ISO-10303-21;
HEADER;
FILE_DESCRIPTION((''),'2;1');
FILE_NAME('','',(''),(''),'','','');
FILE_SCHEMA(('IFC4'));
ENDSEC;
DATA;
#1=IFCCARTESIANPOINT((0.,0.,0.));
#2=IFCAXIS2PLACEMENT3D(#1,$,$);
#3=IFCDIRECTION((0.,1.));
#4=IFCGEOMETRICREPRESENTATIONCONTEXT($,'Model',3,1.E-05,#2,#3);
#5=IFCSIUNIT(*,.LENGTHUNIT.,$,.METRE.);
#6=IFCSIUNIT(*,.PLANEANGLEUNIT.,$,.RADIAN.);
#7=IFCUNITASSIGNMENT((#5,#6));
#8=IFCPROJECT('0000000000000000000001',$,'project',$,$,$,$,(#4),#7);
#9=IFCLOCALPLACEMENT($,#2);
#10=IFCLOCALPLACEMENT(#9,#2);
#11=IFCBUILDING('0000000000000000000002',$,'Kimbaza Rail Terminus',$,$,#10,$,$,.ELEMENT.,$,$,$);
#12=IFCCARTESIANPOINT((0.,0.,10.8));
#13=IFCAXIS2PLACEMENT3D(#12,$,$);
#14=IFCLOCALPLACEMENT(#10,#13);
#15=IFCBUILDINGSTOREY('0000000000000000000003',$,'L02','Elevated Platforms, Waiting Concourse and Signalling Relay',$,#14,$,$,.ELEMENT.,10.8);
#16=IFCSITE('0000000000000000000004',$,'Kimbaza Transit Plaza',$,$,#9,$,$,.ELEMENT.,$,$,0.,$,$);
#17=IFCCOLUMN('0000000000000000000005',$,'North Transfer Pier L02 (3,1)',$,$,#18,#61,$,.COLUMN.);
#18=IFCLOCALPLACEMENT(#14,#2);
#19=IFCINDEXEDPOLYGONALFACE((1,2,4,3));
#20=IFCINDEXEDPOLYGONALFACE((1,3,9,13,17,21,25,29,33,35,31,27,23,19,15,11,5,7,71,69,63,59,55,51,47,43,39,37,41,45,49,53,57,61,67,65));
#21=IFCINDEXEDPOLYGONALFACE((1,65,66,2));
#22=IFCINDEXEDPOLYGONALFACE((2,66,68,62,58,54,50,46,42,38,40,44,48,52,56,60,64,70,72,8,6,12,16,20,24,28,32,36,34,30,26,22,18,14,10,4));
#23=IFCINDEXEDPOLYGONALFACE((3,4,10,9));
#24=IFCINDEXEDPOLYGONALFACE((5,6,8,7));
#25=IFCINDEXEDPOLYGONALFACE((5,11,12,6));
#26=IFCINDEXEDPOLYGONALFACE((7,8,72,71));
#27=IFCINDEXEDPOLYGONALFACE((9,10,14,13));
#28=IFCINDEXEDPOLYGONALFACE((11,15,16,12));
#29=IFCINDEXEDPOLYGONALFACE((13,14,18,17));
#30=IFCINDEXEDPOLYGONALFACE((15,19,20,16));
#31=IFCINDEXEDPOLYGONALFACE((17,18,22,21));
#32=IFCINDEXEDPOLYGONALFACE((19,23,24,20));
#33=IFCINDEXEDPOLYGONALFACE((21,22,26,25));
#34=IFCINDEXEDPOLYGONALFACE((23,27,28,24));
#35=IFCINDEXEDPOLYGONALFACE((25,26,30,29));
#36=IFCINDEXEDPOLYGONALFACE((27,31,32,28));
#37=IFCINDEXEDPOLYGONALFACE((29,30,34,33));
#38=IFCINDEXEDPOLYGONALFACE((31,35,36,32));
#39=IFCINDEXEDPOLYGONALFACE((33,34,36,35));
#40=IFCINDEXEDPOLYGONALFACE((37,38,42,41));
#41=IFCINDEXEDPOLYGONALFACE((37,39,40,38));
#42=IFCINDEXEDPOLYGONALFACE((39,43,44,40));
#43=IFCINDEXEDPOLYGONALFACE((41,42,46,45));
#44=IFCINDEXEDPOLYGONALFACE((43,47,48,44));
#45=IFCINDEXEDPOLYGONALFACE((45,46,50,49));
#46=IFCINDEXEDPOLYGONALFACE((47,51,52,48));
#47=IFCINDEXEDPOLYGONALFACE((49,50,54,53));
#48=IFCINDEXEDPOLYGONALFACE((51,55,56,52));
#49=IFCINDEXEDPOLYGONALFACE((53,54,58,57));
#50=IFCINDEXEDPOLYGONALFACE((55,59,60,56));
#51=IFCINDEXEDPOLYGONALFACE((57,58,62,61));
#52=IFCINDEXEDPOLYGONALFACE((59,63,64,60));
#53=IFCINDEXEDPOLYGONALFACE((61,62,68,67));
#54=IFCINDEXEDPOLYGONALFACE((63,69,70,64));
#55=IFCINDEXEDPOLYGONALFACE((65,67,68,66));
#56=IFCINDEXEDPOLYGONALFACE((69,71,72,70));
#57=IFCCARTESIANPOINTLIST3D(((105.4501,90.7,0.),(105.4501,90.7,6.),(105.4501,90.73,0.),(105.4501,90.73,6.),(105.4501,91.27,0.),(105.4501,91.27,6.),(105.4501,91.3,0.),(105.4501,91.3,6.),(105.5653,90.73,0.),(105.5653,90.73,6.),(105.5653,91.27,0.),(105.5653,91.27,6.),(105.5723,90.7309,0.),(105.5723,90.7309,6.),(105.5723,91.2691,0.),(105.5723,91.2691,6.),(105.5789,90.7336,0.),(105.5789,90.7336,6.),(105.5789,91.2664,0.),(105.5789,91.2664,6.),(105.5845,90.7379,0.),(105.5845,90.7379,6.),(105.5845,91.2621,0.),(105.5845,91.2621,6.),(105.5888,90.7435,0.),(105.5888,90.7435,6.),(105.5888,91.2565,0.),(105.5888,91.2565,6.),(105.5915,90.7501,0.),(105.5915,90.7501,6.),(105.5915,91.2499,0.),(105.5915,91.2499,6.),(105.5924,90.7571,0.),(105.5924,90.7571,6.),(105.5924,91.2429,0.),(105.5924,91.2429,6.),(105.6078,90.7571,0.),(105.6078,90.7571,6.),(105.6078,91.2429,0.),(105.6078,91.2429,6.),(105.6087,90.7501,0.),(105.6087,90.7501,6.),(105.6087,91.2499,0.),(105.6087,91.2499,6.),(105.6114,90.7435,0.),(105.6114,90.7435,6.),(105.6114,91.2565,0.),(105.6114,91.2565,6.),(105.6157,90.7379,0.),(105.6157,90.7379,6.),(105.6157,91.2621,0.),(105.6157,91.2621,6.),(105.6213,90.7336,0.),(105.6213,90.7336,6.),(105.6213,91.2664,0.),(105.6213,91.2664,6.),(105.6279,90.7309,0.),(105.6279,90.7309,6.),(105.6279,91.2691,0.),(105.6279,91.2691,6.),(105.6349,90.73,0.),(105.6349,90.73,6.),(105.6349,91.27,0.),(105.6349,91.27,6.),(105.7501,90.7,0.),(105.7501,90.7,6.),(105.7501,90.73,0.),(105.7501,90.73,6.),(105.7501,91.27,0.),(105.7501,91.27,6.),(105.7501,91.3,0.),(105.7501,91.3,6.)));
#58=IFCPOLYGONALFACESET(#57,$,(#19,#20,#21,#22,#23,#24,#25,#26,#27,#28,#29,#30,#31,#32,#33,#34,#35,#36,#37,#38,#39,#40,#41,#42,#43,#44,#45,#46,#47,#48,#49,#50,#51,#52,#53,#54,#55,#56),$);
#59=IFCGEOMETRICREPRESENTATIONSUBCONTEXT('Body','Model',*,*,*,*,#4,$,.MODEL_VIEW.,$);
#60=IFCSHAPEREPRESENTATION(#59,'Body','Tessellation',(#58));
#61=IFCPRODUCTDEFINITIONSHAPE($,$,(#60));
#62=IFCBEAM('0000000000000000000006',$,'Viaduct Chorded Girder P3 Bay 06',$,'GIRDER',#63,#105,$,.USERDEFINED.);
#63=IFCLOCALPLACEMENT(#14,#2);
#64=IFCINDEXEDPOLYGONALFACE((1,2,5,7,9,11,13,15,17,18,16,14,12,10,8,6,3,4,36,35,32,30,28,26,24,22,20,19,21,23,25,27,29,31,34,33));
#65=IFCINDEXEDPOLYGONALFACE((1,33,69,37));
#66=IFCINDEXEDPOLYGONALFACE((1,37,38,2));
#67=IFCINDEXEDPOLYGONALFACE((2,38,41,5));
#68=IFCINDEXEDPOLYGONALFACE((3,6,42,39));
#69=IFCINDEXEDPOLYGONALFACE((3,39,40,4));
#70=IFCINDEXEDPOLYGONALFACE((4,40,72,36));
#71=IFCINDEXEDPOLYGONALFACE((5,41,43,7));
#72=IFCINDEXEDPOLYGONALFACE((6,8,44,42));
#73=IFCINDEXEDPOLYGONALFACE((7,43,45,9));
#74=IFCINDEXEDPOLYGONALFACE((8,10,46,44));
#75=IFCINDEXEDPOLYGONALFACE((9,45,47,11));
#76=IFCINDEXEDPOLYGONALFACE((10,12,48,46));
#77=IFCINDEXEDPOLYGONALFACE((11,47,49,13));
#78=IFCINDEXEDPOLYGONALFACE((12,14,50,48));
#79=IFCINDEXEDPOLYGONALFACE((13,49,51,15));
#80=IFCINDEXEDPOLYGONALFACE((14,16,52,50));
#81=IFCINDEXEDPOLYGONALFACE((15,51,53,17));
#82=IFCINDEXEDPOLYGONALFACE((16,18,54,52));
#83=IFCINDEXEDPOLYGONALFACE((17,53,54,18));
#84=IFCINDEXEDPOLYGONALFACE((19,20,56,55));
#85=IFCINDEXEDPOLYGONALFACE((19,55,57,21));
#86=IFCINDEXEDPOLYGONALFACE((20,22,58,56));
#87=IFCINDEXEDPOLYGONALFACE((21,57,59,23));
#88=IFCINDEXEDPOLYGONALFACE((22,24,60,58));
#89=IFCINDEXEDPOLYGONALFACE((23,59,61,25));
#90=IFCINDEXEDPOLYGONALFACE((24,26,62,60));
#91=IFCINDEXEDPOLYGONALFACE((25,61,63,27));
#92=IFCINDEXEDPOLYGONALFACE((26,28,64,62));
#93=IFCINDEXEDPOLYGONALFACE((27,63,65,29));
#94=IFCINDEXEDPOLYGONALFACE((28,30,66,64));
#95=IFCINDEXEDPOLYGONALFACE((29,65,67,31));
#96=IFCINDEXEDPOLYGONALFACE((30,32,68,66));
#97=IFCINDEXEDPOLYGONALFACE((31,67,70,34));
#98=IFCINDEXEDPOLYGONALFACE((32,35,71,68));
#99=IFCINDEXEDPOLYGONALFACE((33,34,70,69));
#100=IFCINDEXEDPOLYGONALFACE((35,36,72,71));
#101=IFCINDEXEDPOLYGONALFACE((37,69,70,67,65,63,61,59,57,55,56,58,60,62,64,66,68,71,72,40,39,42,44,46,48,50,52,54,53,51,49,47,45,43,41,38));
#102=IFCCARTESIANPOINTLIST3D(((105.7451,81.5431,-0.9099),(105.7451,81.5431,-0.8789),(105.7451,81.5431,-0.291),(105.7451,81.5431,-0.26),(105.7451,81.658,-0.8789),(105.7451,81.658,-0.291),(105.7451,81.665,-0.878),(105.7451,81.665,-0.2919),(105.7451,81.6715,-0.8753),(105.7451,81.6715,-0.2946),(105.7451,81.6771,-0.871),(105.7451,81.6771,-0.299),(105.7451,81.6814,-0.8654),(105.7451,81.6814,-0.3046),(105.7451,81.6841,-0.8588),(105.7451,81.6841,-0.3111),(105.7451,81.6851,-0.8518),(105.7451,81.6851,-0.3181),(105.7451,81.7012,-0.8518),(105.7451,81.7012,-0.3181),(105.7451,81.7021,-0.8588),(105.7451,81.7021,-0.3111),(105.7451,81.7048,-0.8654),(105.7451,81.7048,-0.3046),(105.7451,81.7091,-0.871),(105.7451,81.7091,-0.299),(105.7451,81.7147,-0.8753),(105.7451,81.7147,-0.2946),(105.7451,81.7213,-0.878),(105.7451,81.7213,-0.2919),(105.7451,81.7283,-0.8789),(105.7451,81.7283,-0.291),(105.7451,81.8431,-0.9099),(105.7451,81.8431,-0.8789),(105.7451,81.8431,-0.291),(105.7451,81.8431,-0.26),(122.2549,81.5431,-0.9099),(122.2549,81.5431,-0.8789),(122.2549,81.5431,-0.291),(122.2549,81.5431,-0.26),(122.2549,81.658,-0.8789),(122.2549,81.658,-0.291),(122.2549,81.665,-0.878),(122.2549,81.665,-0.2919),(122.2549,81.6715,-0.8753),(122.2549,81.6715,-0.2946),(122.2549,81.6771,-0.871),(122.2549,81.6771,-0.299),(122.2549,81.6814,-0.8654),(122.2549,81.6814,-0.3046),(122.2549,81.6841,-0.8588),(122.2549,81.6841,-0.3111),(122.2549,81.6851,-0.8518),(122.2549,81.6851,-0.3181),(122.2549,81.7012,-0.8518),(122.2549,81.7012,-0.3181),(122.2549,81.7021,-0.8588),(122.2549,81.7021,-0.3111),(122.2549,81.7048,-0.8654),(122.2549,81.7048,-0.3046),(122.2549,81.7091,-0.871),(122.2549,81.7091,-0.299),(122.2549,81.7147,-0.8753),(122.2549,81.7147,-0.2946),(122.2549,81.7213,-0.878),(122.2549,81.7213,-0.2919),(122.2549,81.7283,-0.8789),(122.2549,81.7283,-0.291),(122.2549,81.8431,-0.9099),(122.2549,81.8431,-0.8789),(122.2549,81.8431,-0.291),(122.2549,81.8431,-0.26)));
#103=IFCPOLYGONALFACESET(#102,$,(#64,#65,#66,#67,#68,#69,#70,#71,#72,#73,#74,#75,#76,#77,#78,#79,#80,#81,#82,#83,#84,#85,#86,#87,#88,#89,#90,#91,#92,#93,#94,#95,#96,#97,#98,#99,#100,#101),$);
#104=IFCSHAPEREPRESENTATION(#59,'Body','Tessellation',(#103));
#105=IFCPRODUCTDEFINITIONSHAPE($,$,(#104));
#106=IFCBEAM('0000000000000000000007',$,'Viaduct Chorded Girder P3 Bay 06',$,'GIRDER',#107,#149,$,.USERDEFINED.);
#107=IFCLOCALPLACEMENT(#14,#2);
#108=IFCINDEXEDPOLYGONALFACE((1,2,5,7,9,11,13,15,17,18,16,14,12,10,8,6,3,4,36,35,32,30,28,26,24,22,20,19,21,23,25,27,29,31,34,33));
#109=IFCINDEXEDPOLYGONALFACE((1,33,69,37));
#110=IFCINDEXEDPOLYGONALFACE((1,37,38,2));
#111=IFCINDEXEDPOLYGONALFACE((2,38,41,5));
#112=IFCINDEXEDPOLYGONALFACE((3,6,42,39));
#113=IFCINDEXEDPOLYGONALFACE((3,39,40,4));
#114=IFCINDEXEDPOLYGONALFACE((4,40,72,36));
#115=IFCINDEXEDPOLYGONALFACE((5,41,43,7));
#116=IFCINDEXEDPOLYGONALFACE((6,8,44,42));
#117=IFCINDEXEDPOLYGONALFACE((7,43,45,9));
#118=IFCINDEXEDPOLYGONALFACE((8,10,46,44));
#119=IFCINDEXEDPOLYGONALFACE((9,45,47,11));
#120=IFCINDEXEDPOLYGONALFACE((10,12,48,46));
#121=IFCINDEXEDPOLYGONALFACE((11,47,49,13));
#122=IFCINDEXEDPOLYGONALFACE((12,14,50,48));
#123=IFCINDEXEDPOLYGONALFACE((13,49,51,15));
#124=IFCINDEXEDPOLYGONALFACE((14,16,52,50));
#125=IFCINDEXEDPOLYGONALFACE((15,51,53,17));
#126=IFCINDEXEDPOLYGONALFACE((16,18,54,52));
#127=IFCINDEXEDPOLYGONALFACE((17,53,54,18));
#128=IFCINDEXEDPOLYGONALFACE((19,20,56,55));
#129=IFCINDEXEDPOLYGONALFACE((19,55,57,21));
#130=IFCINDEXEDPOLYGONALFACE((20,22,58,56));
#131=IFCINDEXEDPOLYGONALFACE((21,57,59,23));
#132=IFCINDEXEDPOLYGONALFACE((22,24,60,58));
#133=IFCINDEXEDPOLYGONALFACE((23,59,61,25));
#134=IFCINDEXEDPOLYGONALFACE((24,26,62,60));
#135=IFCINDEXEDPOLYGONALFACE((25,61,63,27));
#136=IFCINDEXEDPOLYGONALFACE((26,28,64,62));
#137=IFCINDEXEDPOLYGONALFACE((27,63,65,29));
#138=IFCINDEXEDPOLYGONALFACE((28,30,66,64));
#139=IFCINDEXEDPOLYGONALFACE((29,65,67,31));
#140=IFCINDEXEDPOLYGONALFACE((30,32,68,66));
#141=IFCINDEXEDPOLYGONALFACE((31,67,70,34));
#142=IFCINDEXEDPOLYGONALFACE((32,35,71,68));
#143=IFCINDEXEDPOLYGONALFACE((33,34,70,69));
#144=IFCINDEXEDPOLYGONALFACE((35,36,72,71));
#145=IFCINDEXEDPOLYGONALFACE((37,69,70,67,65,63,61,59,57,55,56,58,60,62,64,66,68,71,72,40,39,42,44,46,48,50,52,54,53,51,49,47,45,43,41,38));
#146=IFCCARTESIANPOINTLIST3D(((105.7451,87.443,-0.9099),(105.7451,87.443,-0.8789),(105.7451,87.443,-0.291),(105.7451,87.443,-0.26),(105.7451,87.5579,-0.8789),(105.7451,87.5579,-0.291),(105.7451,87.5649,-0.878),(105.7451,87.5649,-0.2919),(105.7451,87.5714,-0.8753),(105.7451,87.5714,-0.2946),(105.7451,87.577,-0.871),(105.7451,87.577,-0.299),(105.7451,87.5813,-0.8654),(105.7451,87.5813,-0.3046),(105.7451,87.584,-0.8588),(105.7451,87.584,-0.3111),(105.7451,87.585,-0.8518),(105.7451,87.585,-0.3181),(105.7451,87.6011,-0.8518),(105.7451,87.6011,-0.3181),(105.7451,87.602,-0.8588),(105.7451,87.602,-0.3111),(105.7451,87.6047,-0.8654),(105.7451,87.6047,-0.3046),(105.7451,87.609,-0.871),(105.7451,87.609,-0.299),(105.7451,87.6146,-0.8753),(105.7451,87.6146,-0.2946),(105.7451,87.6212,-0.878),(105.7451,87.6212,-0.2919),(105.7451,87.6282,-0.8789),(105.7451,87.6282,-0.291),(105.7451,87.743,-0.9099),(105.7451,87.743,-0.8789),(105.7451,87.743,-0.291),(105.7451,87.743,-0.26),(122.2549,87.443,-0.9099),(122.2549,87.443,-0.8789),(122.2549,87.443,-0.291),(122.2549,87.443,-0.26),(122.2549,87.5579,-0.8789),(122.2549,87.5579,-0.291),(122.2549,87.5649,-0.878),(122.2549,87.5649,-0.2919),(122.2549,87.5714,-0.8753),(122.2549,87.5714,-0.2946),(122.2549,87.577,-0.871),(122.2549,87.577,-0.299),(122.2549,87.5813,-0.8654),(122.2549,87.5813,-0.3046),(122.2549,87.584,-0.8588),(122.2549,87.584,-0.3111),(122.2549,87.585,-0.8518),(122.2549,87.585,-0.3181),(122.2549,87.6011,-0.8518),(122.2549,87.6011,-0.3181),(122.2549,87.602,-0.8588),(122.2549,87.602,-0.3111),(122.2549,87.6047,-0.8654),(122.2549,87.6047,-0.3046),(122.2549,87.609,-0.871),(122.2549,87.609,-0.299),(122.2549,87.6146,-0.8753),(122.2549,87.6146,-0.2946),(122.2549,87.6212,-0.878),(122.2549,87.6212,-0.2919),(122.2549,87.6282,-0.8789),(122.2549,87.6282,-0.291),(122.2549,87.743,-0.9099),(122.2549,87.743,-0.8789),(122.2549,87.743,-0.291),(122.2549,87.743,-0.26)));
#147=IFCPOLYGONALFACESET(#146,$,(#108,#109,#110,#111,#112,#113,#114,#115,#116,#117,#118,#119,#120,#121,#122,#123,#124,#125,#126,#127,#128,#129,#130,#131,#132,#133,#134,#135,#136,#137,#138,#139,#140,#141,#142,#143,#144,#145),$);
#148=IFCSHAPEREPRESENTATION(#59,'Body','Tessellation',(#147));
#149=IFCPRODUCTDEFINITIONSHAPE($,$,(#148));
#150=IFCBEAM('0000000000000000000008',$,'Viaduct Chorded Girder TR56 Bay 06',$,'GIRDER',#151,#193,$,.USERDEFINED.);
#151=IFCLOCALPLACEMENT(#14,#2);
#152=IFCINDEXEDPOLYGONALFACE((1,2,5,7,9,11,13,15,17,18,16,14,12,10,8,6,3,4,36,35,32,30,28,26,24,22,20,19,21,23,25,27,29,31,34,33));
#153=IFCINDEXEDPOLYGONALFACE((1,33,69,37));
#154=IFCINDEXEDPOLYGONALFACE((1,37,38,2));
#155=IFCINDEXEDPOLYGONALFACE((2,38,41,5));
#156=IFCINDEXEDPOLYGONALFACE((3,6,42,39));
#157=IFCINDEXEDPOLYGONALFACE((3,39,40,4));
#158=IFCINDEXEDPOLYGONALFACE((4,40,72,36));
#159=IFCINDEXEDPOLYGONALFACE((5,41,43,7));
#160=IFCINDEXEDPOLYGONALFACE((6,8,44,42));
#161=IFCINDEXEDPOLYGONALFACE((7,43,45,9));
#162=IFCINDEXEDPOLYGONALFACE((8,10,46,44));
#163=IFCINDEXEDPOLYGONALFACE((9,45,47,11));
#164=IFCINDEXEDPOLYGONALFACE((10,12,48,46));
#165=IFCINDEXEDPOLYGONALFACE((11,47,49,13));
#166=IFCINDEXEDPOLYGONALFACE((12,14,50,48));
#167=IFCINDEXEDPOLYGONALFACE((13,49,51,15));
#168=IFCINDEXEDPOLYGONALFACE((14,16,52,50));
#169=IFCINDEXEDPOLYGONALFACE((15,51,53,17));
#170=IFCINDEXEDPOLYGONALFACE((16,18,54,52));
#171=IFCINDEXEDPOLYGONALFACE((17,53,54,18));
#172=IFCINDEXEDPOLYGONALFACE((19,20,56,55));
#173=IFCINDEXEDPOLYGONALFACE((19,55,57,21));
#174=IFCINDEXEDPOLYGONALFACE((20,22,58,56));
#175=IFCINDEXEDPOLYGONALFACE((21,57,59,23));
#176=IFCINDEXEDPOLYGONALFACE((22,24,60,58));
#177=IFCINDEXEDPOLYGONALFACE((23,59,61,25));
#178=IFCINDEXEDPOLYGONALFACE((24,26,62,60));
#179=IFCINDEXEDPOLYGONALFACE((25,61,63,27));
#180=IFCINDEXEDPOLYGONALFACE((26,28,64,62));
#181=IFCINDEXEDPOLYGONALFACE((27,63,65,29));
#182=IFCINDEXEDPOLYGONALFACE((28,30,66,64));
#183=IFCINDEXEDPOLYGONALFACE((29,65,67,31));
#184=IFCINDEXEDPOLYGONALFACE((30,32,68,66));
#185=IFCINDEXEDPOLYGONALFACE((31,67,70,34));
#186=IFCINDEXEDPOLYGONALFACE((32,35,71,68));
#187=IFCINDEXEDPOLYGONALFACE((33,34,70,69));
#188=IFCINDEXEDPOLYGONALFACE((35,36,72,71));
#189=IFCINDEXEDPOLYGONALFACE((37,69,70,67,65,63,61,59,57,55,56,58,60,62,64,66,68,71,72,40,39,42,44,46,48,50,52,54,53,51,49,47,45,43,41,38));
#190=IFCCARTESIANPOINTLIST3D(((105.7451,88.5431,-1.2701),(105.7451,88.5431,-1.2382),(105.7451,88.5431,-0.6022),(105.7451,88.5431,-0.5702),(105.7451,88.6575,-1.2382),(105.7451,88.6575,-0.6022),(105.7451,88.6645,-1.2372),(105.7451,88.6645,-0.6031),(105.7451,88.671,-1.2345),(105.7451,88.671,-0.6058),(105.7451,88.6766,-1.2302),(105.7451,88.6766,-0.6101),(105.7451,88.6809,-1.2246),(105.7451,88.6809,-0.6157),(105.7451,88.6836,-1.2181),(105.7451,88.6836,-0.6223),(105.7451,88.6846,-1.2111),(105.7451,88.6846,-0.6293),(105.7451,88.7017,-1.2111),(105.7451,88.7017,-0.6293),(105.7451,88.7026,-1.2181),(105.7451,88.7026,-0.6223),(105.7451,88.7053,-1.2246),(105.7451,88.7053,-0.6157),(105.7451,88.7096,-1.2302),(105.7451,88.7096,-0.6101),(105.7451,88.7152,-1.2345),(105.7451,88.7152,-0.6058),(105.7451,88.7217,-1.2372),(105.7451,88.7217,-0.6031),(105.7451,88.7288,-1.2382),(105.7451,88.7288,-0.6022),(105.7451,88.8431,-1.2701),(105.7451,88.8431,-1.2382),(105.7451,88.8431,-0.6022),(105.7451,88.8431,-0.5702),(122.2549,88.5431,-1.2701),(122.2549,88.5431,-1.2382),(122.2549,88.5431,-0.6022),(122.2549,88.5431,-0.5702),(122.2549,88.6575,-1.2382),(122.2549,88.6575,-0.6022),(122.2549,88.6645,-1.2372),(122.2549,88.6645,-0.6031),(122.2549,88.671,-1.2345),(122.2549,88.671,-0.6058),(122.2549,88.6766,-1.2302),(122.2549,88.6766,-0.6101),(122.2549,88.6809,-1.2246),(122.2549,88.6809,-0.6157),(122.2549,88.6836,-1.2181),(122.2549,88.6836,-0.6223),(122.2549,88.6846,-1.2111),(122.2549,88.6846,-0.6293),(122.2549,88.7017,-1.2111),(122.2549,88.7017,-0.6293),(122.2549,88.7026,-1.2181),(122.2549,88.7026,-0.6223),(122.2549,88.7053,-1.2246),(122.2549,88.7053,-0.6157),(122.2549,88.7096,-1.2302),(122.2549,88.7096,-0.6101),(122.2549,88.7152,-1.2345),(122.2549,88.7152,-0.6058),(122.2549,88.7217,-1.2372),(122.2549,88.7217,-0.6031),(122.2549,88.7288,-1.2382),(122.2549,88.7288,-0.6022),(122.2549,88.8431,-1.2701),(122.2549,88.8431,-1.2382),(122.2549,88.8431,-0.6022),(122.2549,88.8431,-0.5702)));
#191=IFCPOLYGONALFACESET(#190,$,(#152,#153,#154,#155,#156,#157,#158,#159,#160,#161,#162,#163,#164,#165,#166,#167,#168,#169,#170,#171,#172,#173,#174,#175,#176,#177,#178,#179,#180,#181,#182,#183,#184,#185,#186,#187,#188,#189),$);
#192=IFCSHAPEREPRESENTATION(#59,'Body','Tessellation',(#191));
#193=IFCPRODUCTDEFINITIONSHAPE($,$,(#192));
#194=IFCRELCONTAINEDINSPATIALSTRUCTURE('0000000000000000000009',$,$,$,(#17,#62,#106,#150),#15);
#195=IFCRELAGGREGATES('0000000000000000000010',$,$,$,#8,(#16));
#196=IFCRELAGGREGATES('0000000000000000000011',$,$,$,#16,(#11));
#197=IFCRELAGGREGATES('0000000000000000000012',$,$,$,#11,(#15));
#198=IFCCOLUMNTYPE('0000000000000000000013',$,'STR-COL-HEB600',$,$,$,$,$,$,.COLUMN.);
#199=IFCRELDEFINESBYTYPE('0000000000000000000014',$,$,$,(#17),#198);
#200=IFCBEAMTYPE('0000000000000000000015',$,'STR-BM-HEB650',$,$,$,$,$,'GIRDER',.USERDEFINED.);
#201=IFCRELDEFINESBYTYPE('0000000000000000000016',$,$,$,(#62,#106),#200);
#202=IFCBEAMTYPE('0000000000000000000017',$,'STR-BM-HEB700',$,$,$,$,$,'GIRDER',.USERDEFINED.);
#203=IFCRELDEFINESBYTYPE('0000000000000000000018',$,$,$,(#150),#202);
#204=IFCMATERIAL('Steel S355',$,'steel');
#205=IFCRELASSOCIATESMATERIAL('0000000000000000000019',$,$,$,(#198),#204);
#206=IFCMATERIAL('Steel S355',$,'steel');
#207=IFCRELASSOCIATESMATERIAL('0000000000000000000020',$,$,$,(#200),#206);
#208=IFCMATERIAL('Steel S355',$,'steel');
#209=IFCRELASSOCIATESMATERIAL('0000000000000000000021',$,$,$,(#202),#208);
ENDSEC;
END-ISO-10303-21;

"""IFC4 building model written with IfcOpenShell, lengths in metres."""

from ifc_helpers import new_model, si_unit, direction, frame, origin, origin_2d, place, context, subcontext, project, spatial, i_section, extrude, material, material_profile, profile_set, type_object, element, save


model = new_model("IFC4")

# Units and contexts
model_context = context("Model", 3, precision=1e-05, world=origin(), true_north=direction((0.0, 1.0)))
body_context = subcontext(model_context, "Body", "Model", "MODEL_VIEW")
ifc_project = project(units=[si_unit("LENGTHUNIT", "METRE"), si_unit("PLANEANGLEUNIT", "RADIAN")], contexts=[model_context])

# Site, building, storey
site_placement = place(None, origin())
site = spatial("IfcSite", under=ifc_project, at=site_placement, Name="Kimbaza Transit Plaza", CompositionType="ELEMENT", RefElevation=0.0)
building_placement = place(site_placement, origin())
building = spatial("IfcBuilding", under=site, at=building_placement, Name="Kimbaza Rail Terminus", CompositionType="ELEMENT")
storey_placement = place(building_placement, frame((0.0, 0.0, 10.8)))
storey = spatial("IfcBuildingStorey", under=building, at=storey_placement, Name="L02", Description="Elevated Platforms, Waiting Concourse and Signalling Relay", CompositionType="ELEMENT", Elevation=10.8)

# Column
ifc_material_1 = material(Name="Steel S355", Category="steel")
ifc_material_profile_1 = material_profile(ifc_material_1, i_section(OverallWidth=0.3, OverallDepth=0.6001, WebThickness=0.0154, FlangeThickness=0.03, FilletRadius=0.0271, at=origin_2d()), Name="HEB 600")
ifc_profile_set_1 = profile_set([ifc_material_profile_1], Name="Steel S355")
column_type = type_object("IfcColumnType", Name="STR-COL-HEB600", PredefinedType="COLUMN", material=ifc_profile_set_1)
column_placement = place(storey_placement, frame((105.6001, 91.0, 0.0), z_axis=(0.0, 0.0, 1.0), x_axis=(1.0, 0.0, 0.0)))
element("IfcColumn", 1, at=column_placement, inside=storey, type_object=column_type, Name="North Transfer Pier L02 (3,1)", PredefinedType="COLUMN", context=body_context, shape_type="SweptSolid", body=[
    extrude(i_section(OverallWidth=0.3, OverallDepth=0.6001, WebThickness=0.0154, FlangeThickness=0.03, FilletRadius=0.0271, at=origin_2d()), origin(), (0.0, 0.0, 1.0), 6.0),
])

# Beams
ifc_material_2 = material(Name="Steel S355", Category="steel")
ifc_material_profile_2 = material_profile(ifc_material_2, i_section(OverallWidth=0.3, OverallDepth=0.6499, WebThickness=0.0161, FlangeThickness=0.031, FilletRadius=0.0271, at=origin_2d()), Name="HEB 650")
ifc_profile_set_2 = profile_set([ifc_material_profile_2], Name="Steel S355")
beam_type_1 = type_object("IfcBeamType", Name="STR-BM-HEB650", ElementType="GIRDER", PredefinedType="USERDEFINED", material=ifc_profile_set_2)
for number, where, z_axis, x_axis, name in (
    (2, (105.7451, 81.6931, -0.585), (1.0, 0.0, 0.0), (0.0, 1.0, 0.0), "Viaduct Chorded Girder P3 Bay 06"),
    (3, (105.7451, 87.593, -0.585), (1.0, 0.0, 0.0), (0.0, 1.0, 0.0), "Viaduct Chorded Girder P3 Bay 06"),
):
    element("IfcBeam", number, at=place(storey_placement, frame(where, z_axis=z_axis, x_axis=x_axis)), inside=storey, type_object=beam_type_1, Name=name, ObjectType="GIRDER", PredefinedType="USERDEFINED", context=body_context, shape_type="SweptSolid", body=[
        extrude(i_section(OverallWidth=0.3, OverallDepth=0.6499, WebThickness=0.0161, FlangeThickness=0.031, FilletRadius=0.0271, at=origin_2d()), origin(), (0.0, 0.0, 1.0), 16.5098),
    ])
ifc_material_3 = material(Name="Steel S355", Category="steel")
ifc_material_profile_3 = material_profile(ifc_material_3, i_section(OverallWidth=0.3, OverallDepth=0.7, WebThickness=0.0171, FlangeThickness=0.032, FilletRadius=0.0271, at=origin_2d()), Name="HEB 700")
ifc_profile_set_3 = profile_set([ifc_material_profile_3], Name="Steel S355")
beam_type_2 = type_object("IfcBeamType", Name="STR-BM-HEB700", ElementType="GIRDER", PredefinedType="USERDEFINED", material=ifc_profile_set_3)
for number, where, z_axis, x_axis, name in (
    (4, (105.7451, 88.6931, -0.9202), (1.0, 0.0, 0.0), (0.0, 1.0, 0.0), "Viaduct Chorded Girder TR56 Bay 06"),
):
    element("IfcBeam", number, at=place(storey_placement, frame(where, z_axis=z_axis, x_axis=x_axis)), inside=storey, type_object=beam_type_2, Name=name, ObjectType="GIRDER", PredefinedType="USERDEFINED", context=body_context, shape_type="SweptSolid", body=[
        extrude(i_section(OverallWidth=0.3, OverallDepth=0.7, WebThickness=0.0171, FlangeThickness=0.032, FilletRadius=0.0271, at=origin_2d()), origin(), (0.0, 0.0, 1.0), 16.5098),
    ])

save(model, "model.ifc")
